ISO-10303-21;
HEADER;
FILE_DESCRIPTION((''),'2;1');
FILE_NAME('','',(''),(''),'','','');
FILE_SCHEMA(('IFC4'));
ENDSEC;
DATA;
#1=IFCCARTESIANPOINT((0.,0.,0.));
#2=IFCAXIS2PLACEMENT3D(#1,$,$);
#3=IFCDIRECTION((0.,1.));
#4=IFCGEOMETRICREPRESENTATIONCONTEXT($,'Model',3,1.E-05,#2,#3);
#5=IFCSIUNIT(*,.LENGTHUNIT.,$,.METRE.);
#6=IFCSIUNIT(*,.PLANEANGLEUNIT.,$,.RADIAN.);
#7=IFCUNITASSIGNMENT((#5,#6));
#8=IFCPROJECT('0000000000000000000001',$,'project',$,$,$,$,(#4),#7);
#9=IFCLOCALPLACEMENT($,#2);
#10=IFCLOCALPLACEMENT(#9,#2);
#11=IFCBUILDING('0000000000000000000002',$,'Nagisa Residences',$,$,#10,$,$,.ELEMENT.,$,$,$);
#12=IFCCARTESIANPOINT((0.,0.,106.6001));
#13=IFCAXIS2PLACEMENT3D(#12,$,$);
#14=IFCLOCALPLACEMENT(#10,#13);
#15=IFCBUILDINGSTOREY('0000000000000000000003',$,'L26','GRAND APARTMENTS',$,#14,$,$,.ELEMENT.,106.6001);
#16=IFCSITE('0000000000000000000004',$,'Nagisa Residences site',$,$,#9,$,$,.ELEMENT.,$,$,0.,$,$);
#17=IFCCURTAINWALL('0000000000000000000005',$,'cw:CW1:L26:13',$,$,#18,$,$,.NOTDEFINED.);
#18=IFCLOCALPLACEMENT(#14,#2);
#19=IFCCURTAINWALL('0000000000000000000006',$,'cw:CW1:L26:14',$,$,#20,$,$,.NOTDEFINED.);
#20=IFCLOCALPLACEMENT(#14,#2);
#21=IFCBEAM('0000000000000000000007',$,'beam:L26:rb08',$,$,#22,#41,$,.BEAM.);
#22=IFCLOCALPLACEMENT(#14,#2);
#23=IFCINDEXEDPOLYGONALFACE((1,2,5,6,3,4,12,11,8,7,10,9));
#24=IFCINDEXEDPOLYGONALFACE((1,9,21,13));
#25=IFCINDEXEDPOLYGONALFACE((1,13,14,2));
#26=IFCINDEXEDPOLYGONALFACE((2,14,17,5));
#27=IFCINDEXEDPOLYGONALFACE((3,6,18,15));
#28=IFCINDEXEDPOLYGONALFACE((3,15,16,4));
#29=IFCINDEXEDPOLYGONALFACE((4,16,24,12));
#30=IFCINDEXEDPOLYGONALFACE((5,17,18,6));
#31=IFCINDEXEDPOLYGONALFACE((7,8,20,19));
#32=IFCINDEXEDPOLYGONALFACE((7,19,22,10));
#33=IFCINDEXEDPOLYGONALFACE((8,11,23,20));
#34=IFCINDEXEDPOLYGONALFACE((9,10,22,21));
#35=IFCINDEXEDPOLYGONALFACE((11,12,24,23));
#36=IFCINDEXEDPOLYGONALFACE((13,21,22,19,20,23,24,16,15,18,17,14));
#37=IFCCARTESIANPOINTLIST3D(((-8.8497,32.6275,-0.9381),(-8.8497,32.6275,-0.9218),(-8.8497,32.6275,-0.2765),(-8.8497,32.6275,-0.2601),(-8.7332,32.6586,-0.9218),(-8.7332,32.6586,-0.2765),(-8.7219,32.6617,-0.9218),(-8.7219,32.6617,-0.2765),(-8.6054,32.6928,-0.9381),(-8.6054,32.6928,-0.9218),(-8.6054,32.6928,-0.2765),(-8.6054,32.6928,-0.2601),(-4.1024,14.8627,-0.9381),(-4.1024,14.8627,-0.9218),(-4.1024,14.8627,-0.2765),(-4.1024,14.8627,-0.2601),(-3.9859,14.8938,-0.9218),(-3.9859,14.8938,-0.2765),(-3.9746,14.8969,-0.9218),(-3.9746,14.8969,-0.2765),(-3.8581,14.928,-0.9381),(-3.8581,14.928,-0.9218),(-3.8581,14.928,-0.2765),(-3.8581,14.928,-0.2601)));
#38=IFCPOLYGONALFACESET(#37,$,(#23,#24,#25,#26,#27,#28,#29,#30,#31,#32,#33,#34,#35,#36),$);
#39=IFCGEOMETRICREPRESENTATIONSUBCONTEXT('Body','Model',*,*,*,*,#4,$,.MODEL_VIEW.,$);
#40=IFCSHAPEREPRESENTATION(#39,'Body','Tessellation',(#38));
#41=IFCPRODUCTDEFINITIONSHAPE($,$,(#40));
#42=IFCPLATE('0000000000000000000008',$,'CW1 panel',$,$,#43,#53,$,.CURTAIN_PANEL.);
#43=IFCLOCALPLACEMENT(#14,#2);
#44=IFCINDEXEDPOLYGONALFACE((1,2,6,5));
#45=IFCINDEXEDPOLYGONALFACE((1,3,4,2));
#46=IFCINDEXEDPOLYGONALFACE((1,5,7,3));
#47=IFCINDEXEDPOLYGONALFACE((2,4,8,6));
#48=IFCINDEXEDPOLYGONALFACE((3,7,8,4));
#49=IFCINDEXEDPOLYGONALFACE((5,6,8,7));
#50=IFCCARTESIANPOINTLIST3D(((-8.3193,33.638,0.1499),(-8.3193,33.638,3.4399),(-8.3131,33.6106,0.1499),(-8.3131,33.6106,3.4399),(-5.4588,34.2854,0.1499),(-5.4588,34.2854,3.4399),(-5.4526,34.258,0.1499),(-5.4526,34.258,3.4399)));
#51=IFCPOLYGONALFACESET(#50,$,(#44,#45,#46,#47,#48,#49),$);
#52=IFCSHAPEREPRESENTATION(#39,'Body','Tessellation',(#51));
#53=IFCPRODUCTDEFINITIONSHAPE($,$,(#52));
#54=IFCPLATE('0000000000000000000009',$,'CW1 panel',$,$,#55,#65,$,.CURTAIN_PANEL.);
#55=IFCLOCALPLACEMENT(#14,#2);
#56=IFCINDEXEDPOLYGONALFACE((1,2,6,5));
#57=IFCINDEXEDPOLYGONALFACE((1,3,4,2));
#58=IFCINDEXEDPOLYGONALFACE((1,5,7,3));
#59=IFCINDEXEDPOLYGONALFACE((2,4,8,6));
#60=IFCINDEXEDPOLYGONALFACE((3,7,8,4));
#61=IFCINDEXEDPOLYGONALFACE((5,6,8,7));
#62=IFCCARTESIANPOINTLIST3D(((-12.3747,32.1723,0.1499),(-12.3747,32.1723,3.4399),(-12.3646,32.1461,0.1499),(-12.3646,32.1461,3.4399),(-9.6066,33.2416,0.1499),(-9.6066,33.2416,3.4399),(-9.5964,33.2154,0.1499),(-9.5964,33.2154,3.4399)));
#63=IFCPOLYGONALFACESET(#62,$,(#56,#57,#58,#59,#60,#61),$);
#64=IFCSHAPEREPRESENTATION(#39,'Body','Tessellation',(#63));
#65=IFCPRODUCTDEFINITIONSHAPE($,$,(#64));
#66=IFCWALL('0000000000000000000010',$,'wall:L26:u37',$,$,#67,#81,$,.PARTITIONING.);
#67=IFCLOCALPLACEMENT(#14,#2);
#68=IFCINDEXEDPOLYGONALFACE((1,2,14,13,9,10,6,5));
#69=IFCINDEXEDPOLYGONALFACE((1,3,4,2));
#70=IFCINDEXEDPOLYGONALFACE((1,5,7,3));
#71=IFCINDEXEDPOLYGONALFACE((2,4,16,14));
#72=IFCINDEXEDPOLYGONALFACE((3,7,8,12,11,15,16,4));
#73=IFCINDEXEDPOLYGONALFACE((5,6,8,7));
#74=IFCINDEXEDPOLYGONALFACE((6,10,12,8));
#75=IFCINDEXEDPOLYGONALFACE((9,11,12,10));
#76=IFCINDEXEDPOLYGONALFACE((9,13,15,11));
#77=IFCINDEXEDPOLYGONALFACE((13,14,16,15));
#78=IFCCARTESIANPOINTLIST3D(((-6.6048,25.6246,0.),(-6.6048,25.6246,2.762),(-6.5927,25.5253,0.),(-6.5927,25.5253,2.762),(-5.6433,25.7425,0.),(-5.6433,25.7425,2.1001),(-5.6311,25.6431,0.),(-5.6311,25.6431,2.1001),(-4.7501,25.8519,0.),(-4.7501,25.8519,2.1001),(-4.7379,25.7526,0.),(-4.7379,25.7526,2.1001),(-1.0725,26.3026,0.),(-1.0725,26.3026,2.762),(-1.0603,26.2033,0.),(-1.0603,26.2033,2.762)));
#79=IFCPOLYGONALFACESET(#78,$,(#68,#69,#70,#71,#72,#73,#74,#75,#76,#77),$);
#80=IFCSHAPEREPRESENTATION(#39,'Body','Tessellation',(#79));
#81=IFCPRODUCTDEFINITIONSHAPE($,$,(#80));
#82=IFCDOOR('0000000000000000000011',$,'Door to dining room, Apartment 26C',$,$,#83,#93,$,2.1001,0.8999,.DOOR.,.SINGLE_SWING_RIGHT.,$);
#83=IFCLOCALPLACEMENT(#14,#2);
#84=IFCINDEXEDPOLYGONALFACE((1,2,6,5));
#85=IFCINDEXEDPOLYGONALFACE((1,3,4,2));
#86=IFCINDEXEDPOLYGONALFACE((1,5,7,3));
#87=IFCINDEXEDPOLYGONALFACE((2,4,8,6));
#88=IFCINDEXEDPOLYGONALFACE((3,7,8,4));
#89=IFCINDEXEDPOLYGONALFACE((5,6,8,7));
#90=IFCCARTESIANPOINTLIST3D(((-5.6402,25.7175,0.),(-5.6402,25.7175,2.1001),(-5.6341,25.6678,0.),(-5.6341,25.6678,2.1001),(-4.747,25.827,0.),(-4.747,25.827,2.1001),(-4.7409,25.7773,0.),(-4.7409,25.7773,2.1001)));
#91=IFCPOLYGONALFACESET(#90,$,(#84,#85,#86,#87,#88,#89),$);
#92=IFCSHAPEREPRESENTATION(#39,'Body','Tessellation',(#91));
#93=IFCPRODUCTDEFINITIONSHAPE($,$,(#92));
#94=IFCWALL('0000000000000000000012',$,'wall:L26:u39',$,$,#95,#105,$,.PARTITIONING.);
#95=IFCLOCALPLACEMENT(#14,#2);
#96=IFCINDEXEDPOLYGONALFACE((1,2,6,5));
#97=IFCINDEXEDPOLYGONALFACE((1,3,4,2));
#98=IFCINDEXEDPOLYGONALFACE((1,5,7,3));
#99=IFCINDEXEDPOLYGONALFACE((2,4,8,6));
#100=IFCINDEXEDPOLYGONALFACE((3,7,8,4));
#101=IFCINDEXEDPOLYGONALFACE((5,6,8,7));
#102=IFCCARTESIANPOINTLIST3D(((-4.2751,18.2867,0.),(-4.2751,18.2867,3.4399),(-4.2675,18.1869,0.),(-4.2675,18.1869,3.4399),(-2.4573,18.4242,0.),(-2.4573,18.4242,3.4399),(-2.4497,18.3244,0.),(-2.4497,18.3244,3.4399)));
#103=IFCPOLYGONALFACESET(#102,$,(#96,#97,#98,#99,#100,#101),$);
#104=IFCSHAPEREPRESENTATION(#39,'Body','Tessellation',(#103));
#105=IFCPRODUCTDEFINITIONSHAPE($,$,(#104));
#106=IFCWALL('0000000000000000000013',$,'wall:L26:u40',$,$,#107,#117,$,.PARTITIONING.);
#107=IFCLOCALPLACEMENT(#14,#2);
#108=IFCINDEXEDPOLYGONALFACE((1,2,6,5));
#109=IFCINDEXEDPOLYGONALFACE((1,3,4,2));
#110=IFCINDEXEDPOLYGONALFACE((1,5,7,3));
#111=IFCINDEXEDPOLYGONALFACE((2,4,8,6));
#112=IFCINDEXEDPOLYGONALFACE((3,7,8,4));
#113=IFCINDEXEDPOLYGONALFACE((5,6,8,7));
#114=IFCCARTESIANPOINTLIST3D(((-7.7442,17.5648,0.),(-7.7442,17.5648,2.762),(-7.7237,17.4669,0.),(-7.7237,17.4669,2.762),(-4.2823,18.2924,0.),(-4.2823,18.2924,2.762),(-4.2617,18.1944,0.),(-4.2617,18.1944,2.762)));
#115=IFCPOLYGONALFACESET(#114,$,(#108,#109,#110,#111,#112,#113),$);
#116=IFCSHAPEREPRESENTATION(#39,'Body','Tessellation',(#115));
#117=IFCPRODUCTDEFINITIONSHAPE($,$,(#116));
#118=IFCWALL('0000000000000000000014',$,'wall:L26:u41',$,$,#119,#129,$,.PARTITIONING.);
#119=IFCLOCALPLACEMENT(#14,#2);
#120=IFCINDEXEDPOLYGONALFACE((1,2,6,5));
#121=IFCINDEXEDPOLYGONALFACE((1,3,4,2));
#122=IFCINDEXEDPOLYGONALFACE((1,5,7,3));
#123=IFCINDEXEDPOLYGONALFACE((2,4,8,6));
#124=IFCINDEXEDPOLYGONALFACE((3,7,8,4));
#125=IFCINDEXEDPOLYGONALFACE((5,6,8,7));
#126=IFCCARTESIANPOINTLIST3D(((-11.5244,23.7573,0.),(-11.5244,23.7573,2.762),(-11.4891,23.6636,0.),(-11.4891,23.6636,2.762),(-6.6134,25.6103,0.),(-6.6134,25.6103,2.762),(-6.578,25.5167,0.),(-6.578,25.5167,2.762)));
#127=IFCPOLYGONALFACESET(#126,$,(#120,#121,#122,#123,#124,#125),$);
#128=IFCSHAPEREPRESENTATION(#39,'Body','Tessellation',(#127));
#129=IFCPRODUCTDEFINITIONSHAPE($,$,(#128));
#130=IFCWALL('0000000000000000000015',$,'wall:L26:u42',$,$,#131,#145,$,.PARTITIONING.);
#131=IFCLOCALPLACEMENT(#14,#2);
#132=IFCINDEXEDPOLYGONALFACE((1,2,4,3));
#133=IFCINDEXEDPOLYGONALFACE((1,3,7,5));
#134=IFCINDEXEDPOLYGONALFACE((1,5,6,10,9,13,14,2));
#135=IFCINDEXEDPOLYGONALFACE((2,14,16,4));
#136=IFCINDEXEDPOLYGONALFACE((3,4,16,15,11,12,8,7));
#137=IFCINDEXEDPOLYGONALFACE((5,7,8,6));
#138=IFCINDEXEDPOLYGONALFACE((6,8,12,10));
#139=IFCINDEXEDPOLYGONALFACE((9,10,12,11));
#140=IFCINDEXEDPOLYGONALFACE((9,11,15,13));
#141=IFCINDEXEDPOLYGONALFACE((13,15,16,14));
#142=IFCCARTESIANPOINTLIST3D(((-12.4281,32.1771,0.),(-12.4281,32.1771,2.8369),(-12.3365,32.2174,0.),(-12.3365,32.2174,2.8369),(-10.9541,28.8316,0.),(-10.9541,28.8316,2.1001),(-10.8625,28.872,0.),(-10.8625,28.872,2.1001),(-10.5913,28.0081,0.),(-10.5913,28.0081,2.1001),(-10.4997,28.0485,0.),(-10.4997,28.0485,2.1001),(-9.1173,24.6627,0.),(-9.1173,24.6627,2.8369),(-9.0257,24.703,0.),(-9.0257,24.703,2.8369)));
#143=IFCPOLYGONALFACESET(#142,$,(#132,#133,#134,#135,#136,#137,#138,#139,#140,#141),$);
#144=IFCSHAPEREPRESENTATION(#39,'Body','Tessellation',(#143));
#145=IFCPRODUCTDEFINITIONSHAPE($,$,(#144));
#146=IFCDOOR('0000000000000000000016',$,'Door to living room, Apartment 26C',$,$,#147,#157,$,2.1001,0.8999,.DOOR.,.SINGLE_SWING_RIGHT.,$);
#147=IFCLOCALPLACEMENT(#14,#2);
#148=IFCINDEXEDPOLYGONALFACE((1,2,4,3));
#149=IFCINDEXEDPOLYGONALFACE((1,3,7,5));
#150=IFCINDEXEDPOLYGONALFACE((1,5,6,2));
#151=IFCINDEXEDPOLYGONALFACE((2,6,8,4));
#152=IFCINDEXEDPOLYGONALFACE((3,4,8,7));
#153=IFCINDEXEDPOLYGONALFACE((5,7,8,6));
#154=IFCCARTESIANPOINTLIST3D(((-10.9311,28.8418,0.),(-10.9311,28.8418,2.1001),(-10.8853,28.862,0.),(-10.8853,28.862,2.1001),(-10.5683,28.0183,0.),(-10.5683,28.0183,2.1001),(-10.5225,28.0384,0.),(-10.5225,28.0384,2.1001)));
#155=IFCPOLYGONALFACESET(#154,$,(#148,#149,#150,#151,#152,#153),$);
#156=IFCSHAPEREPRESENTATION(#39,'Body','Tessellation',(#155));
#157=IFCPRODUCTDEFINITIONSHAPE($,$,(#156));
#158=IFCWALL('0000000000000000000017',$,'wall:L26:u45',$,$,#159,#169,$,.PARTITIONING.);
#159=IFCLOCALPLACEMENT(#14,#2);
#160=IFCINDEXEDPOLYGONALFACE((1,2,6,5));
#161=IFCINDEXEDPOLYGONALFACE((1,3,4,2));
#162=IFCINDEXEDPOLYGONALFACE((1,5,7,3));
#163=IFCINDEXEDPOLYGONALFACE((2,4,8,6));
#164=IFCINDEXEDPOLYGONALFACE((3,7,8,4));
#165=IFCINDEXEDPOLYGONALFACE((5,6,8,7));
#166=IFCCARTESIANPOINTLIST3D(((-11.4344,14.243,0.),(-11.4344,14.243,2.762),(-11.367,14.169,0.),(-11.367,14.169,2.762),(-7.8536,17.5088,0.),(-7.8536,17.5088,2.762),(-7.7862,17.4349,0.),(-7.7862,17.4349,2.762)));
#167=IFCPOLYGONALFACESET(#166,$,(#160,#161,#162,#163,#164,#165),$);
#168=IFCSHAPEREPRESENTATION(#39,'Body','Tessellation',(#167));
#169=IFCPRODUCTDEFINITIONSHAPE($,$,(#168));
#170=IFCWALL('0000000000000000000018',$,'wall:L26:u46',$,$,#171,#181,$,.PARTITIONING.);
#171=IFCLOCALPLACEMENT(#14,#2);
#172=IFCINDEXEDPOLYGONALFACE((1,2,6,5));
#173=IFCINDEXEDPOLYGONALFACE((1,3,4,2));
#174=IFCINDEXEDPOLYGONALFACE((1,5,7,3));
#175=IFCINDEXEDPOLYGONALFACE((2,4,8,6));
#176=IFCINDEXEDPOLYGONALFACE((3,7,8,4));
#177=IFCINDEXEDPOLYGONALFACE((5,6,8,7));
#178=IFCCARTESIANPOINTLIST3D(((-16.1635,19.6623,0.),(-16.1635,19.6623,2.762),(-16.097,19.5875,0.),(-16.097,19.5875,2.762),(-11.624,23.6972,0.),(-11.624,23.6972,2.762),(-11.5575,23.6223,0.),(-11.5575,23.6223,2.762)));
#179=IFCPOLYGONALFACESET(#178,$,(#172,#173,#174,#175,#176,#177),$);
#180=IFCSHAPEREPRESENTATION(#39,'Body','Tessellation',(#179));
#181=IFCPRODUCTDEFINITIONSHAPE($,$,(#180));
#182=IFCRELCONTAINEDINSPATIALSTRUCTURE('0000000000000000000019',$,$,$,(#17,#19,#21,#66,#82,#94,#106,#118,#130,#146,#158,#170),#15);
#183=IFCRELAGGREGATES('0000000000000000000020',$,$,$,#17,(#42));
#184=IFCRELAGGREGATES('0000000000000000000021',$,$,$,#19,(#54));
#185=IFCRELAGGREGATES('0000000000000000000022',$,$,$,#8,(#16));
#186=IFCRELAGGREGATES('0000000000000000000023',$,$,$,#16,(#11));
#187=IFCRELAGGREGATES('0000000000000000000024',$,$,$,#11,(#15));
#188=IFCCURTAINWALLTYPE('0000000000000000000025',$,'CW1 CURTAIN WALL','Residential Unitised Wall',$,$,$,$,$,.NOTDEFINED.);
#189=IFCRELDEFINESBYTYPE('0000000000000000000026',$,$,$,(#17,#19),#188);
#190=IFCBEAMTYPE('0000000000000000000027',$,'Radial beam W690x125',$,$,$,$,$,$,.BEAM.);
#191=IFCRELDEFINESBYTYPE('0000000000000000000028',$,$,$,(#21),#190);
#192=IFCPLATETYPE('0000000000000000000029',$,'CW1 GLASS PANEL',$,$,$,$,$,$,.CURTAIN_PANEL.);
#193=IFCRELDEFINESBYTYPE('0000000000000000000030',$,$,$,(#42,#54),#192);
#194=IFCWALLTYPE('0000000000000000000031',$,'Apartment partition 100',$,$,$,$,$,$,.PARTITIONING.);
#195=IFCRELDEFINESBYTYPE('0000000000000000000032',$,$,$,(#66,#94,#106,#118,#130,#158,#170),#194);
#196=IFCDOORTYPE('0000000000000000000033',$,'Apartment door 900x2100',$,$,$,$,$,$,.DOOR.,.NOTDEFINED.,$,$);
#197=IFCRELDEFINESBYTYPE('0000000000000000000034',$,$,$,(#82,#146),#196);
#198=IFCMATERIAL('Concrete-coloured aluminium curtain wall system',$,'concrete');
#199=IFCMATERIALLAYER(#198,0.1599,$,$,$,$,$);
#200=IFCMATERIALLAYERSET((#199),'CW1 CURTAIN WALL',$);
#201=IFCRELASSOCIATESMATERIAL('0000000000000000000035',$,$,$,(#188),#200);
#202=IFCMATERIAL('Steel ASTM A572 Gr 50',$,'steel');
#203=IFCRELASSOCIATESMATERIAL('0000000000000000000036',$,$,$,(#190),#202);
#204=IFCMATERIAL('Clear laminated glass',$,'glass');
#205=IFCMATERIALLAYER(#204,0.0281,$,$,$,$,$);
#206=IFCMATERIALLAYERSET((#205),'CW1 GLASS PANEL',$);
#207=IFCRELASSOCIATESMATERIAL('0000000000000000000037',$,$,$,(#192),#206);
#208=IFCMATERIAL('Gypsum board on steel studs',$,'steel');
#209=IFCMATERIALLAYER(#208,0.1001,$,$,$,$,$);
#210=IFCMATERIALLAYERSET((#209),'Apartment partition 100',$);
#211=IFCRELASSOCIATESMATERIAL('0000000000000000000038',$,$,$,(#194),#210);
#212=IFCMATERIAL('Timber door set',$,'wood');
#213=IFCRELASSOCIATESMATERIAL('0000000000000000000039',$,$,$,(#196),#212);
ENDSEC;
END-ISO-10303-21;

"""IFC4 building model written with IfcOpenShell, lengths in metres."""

from ifc_helpers import new_model, si_unit, direction, frame, frame_2d, origin, origin_2d, place, context, subcontext, project, spatial, rectangle, i_section, extrude, material, layer, layer_set, material_profile, profile_set, type_object, element, fill, aggregate, save


model = new_model("IFC4")

# Units and contexts
model_context = context("Model", 3, precision=1e-05, world=origin(), true_north=direction((0.0, 1.0)))
body_context = subcontext(model_context, "Body", "Model", "MODEL_VIEW")
ifc_project = project(units=[si_unit("LENGTHUNIT", "METRE"), si_unit("PLANEANGLEUNIT", "RADIAN")], contexts=[model_context])

# Site, building, storey
site_placement = place(None, origin())
site = spatial("IfcSite", under=ifc_project, at=site_placement, Name="Nagisa Residences site", CompositionType="ELEMENT", RefElevation=0.0)
building_placement = place(site_placement, origin())
building = spatial("IfcBuilding", under=site, at=building_placement, Name="Nagisa Residences", CompositionType="ELEMENT")
storey_placement = place(building_placement, frame((0.0, 0.0, 106.6001)))
storey = spatial("IfcBuildingStorey", under=building, at=storey_placement, Name="L26", Description="GRAND APARTMENTS", CompositionType="ELEMENT", Elevation=106.6001)

# Curtain walls
ifc_material_1 = material(Name="Concrete-coloured aluminium curtain wall system", Category="concrete")
ifc_layer_1 = layer(ifc_material_1, 0.1599)
ifc_layer_set_1 = layer_set([ifc_layer_1], Name="CW1 CURTAIN WALL")
curtain_wall_type = type_object("IfcCurtainWallType", Name="CW1 CURTAIN WALL", Description="Residential Unitised Wall", PredefinedType="NOTDEFINED", material=ifc_layer_set_1)
curtain_wall_1_placement = place(storey_placement, origin())
curtain_wall_1 = element("IfcCurtainWall", 1, at=curtain_wall_1_placement, inside=storey, type_object=curtain_wall_type, Name="cw:CW1:L26:13", PredefinedType="NOTDEFINED")
curtain_wall_2_placement = place(storey_placement, origin())
curtain_wall_2 = element("IfcCurtainWall", 2, at=curtain_wall_2_placement, inside=storey, type_object=curtain_wall_type, Name="cw:CW1:L26:14", PredefinedType="NOTDEFINED")

# Beam
ifc_material_2 = material(Name="Steel ASTM A572 Gr 50", Category="steel")
ifc_material_profile_1 = material_profile(ifc_material_2, i_section(OverallWidth=0.2529, OverallDepth=0.678, WebThickness=0.0117, FlangeThickness=0.0164, at=origin_2d()), Name="W690x125")
ifc_profile_set_1 = profile_set([ifc_material_profile_1], Name="Steel ASTM A572 Gr 50")
beam_type_1 = type_object("IfcBeamType", Name="Radial beam W690x125", PredefinedType="BEAM", material=ifc_profile_set_1)
beam_1_placement = place(storey_placement, frame((-8.7275, 32.6602, -0.5991), z_axis=(0.258171, -0.966099, 0.0), x_axis=(0.966099, 0.258171, 0.0)))
element("IfcBeam", 3, at=beam_1_placement, inside=storey, type_object=beam_type_1, Name="beam:L26:rb08", PredefinedType="BEAM", context=body_context, shape_type="SweptSolid", body=[
    extrude(i_section(OverallWidth=0.2529, OverallDepth=0.678, WebThickness=0.0117, FlangeThickness=0.0164, at=origin_2d()), origin(), (0.0, 0.0, 1.0), 18.3882),
])

# Plates
ifc_material_3 = material(Name="Clear laminated glass", Category="glass")
ifc_layer_2 = layer(ifc_material_3, 0.0281)
ifc_layer_set_2 = layer_set([ifc_layer_2], Name="CW1 GLASS PANEL")
plate_type = type_object("IfcPlateType", Name="CW1 GLASS PANEL", PredefinedType="CURTAIN_PANEL", material=ifc_layer_set_2)
plate_1_placement = place(storey_placement, frame((-6.886, 33.948, 0.1499), z_axis=(0.0, 0.0, 1.0), x_axis=(-0.975327, -0.220764, 0.0)))
plate_1 = element("IfcPlate", 4, at=plate_1_placement, type_object=plate_type, Name="CW1 panel", PredefinedType="CURTAIN_PANEL", context=body_context, shape_type="SweptSolid", body=[
    extrude(rectangle(XDim=2.9329, YDim=0.0281, at=origin_2d()), origin(), (0.0, 0.0, 1.0), 3.29),
])
aggregate(curtain_wall_1, [plate_1])
plate_2_placement = place(storey_placement, frame((-10.9856, 32.6938, 0.1499), z_axis=(0.0, 0.0, 1.0), x_axis=(-0.932826, -0.360328, 0.0)))
plate_2 = element("IfcPlate", 5, at=plate_2_placement, type_object=plate_type, Name="CW1 panel", PredefinedType="CURTAIN_PANEL", context=body_context, shape_type="SweptSolid", body=[
    extrude(rectangle(XDim=2.9675, YDim=0.0281, at=origin_2d()), origin(), (0.0, 0.0, 1.0), 3.29),
])
aggregate(curtain_wall_2, [plate_2])

# Wall, opening, door
ifc_material_4 = material(Name="Gypsum board on steel studs", Category="steel")
ifc_layer_3 = layer(ifc_material_4, 0.1001)
ifc_layer_set_3 = layer_set([ifc_layer_3], Name="Apartment partition 100")
wall_type_1 = type_object("IfcWallType", Name="Apartment partition 100", PredefinedType="PARTITIONING", material=ifc_layer_set_3)
wall_1_placement = place(storey_placement, frame((-1.0664, 26.2529, 0.0), z_axis=(0.0, 0.0, 1.0), x_axis=(-0.992574, -0.121641, 0.0)))
wall_1 = element("IfcWall", 6, at=wall_1_placement, inside=storey, type_object=wall_type_1, Name="wall:L26:u37", PredefinedType="PARTITIONING", context=body_context, shape_type="SweptSolid", body=[
    extrude(rectangle(XDim=5.5737, YDim=0.1001, at=frame_2d((2.7869, 0.0))), origin(), (0.0, 0.0, 1.0), 2.762),
])
opening_1_placement = place(wall_1_placement, frame((3.7051, 0.0, 0.0)))
opening_1 = element("IfcOpeningElement", 7, at=opening_1_placement, cuts=wall_1, PredefinedType="OPENING", context=body_context, shape_type="SweptSolid", body=[
    extrude(rectangle(XDim=0.8999, YDim=2.1001, at=frame_2d((0.45, 1.05))), frame((0.0, 0.0601, 0.0), z_axis=(0.0, -1.0, 0.0), x_axis=(1.0, 0.0, 0.0)), (0.0, 0.0, 1.0), 0.1201),
])
ifc_material_5 = material(Name="Timber door set", Category="wood")
door_type_1 = type_object("IfcDoorType", Name="Apartment door 900x2100", OperationType="NOTDEFINED", PredefinedType="DOOR", material=ifc_material_5)
door_1_placement = place(opening_1_placement, frame((0.8999, 0.0, 0.0), x_axis=(-1.0, 0.0, 0.0)))
door_1 = element("IfcDoor", 8, at=door_1_placement, inside=storey, type_object=door_type_1, Name="Door to dining room, Apartment 26C", OperationType="SINGLE_SWING_RIGHT", OverallHeight=2.1001, OverallWidth=0.8999, PredefinedType="DOOR", context=body_context, shape_type="SweptSolid", body=[
    extrude(rectangle(XDim=0.8999, YDim=2.1001, at=frame_2d((0.45, 1.05))), frame((0.0, 0.0249, 0.0), z_axis=(0.0, -1.0, 0.0), x_axis=(1.0, 0.0, 0.0)), (0.0, 0.0, 1.0), 0.05),
])
fill(opening_1, door_1)

# Walls
wall_2_placement = place(storey_placement, frame((-2.4534, 18.3743, 0.0), z_axis=(0.0, 0.0, 1.0), x_axis=(-0.997154, -0.075396, 0.0)))
element("IfcWall", 9, at=wall_2_placement, inside=storey, type_object=wall_type_1, Name="wall:L26:u39", PredefinedType="PARTITIONING", context=body_context, shape_type="SweptSolid", body=[
    extrude(rectangle(XDim=1.823, YDim=0.1001, at=frame_2d((0.9116, 0.0))), origin(), (0.0, 0.0, 1.0), 3.4399),
])
wall_3_placement = place(storey_placement, frame((-4.272, 18.2434, 0.0), z_axis=(0.0, 0.0, 1.0), x_axis=(-0.978623, -0.205663, 0.0)))
element("IfcWall", 10, at=wall_3_placement, inside=storey, type_object=wall_type_1, Name="wall:L26:u40", PredefinedType="PARTITIONING", context=body_context, shape_type="SweptSolid", body=[
    extrude(rectangle(XDim=3.5376, YDim=0.1001, at=frame_2d((1.7688, 0.0))), origin(), (0.0, 0.0, 1.0), 2.762),
])
wall_4_placement = place(storey_placement, frame((-6.5957, 25.5635, 0.0), z_axis=(0.0, 0.0, 1.0), x_axis=(-0.935616, -0.353019, 0.0)))
element("IfcWall", 11, at=wall_4_placement, inside=storey, type_object=wall_type_1, Name="wall:L26:u41", PredefinedType="PARTITIONING", context=body_context, shape_type="SweptSolid", body=[
    extrude(rectangle(XDim=5.249, YDim=0.1001, at=frame_2d((2.6245, 0.0))), origin(), (0.0, 0.0, 1.0), 2.762),
])

# Wall, opening, door
wall_5_placement = place(storey_placement, frame((-9.0715, 24.6829, 0.0), z_axis=(0.0, 0.0, 1.0), x_axis=(-0.403193, 0.915115, 0.0)))
wall_5 = element("IfcWall", 12, at=wall_5_placement, inside=storey, type_object=wall_type_1, Name="wall:L26:u42", PredefinedType="PARTITIONING", context=body_context, shape_type="SweptSolid", body=[
    extrude(rectangle(XDim=8.2114, YDim=0.1001, at=frame_2d((4.1057, 0.0))), origin(), (0.0, 0.0, 1.0), 2.8369),
])
opening_2_placement = place(wall_5_placement, frame((3.6558, 0.0, 0.0)))
opening_2 = element("IfcOpeningElement", 13, at=opening_2_placement, cuts=wall_5, PredefinedType="OPENING", context=body_context, shape_type="SweptSolid", body=[
    extrude(rectangle(XDim=0.8999, YDim=2.1001, at=frame_2d((0.45, 1.05))), frame((0.0, 0.0601, 0.0), z_axis=(0.0, -1.0, 0.0), x_axis=(1.0, 0.0, 0.0)), (0.0, 0.0, 1.0), 0.1201),
])
door_2_placement = place(opening_2_placement, origin())
door_2 = element("IfcDoor", 14, at=door_2_placement, inside=storey, type_object=door_type_1, Name="Door to living room, Apartment 26C", OperationType="SINGLE_SWING_RIGHT", OverallHeight=2.1001, OverallWidth=0.8999, PredefinedType="DOOR", context=body_context, shape_type="SweptSolid", body=[
    extrude(rectangle(XDim=0.8999, YDim=2.1001, at=frame_2d((0.45, 1.05))), frame((0.0, 0.0249, 0.0), z_axis=(0.0, -1.0, 0.0), x_axis=(1.0, 0.0, 0.0)), (0.0, 0.0, 1.0), 0.05),
])
fill(opening_2, door_2)

# Walls
wall_6_placement = place(storey_placement, frame((-7.8198, 17.4719, 0.0), z_axis=(0.0, 0.0, 1.0), x_axis=(-0.738852, -0.673868, 0.0)))
element("IfcWall", 15, at=wall_6_placement, inside=storey, type_object=wall_type_1, Name="wall:L26:u45", PredefinedType="PARTITIONING", context=body_context, shape_type="SweptSolid", body=[
    extrude(rectangle(XDim=4.8464, YDim=0.1001, at=frame_2d((2.4233, 0.0))), origin(), (0.0, 0.0, 1.0), 2.762),
])
wall_7_placement = place(storey_placement, frame((-11.5908, 23.6597, 0.0), z_axis=(0.0, 0.0, 1.0), x_axis=(-0.747429, -0.664341, 0.0)))
element("IfcWall", 16, at=wall_7_placement, inside=storey, type_object=wall_type_1, Name="wall:L26:u46", PredefinedType="PARTITIONING", context=body_context, shape_type="SweptSolid", body=[
    extrude(rectangle(XDim=6.0735, YDim=0.1001, at=frame_2d((3.0366, 0.0))), origin(), (0.0, 0.0, 1.0), 2.762),
])

save(model, "model.ifc")
